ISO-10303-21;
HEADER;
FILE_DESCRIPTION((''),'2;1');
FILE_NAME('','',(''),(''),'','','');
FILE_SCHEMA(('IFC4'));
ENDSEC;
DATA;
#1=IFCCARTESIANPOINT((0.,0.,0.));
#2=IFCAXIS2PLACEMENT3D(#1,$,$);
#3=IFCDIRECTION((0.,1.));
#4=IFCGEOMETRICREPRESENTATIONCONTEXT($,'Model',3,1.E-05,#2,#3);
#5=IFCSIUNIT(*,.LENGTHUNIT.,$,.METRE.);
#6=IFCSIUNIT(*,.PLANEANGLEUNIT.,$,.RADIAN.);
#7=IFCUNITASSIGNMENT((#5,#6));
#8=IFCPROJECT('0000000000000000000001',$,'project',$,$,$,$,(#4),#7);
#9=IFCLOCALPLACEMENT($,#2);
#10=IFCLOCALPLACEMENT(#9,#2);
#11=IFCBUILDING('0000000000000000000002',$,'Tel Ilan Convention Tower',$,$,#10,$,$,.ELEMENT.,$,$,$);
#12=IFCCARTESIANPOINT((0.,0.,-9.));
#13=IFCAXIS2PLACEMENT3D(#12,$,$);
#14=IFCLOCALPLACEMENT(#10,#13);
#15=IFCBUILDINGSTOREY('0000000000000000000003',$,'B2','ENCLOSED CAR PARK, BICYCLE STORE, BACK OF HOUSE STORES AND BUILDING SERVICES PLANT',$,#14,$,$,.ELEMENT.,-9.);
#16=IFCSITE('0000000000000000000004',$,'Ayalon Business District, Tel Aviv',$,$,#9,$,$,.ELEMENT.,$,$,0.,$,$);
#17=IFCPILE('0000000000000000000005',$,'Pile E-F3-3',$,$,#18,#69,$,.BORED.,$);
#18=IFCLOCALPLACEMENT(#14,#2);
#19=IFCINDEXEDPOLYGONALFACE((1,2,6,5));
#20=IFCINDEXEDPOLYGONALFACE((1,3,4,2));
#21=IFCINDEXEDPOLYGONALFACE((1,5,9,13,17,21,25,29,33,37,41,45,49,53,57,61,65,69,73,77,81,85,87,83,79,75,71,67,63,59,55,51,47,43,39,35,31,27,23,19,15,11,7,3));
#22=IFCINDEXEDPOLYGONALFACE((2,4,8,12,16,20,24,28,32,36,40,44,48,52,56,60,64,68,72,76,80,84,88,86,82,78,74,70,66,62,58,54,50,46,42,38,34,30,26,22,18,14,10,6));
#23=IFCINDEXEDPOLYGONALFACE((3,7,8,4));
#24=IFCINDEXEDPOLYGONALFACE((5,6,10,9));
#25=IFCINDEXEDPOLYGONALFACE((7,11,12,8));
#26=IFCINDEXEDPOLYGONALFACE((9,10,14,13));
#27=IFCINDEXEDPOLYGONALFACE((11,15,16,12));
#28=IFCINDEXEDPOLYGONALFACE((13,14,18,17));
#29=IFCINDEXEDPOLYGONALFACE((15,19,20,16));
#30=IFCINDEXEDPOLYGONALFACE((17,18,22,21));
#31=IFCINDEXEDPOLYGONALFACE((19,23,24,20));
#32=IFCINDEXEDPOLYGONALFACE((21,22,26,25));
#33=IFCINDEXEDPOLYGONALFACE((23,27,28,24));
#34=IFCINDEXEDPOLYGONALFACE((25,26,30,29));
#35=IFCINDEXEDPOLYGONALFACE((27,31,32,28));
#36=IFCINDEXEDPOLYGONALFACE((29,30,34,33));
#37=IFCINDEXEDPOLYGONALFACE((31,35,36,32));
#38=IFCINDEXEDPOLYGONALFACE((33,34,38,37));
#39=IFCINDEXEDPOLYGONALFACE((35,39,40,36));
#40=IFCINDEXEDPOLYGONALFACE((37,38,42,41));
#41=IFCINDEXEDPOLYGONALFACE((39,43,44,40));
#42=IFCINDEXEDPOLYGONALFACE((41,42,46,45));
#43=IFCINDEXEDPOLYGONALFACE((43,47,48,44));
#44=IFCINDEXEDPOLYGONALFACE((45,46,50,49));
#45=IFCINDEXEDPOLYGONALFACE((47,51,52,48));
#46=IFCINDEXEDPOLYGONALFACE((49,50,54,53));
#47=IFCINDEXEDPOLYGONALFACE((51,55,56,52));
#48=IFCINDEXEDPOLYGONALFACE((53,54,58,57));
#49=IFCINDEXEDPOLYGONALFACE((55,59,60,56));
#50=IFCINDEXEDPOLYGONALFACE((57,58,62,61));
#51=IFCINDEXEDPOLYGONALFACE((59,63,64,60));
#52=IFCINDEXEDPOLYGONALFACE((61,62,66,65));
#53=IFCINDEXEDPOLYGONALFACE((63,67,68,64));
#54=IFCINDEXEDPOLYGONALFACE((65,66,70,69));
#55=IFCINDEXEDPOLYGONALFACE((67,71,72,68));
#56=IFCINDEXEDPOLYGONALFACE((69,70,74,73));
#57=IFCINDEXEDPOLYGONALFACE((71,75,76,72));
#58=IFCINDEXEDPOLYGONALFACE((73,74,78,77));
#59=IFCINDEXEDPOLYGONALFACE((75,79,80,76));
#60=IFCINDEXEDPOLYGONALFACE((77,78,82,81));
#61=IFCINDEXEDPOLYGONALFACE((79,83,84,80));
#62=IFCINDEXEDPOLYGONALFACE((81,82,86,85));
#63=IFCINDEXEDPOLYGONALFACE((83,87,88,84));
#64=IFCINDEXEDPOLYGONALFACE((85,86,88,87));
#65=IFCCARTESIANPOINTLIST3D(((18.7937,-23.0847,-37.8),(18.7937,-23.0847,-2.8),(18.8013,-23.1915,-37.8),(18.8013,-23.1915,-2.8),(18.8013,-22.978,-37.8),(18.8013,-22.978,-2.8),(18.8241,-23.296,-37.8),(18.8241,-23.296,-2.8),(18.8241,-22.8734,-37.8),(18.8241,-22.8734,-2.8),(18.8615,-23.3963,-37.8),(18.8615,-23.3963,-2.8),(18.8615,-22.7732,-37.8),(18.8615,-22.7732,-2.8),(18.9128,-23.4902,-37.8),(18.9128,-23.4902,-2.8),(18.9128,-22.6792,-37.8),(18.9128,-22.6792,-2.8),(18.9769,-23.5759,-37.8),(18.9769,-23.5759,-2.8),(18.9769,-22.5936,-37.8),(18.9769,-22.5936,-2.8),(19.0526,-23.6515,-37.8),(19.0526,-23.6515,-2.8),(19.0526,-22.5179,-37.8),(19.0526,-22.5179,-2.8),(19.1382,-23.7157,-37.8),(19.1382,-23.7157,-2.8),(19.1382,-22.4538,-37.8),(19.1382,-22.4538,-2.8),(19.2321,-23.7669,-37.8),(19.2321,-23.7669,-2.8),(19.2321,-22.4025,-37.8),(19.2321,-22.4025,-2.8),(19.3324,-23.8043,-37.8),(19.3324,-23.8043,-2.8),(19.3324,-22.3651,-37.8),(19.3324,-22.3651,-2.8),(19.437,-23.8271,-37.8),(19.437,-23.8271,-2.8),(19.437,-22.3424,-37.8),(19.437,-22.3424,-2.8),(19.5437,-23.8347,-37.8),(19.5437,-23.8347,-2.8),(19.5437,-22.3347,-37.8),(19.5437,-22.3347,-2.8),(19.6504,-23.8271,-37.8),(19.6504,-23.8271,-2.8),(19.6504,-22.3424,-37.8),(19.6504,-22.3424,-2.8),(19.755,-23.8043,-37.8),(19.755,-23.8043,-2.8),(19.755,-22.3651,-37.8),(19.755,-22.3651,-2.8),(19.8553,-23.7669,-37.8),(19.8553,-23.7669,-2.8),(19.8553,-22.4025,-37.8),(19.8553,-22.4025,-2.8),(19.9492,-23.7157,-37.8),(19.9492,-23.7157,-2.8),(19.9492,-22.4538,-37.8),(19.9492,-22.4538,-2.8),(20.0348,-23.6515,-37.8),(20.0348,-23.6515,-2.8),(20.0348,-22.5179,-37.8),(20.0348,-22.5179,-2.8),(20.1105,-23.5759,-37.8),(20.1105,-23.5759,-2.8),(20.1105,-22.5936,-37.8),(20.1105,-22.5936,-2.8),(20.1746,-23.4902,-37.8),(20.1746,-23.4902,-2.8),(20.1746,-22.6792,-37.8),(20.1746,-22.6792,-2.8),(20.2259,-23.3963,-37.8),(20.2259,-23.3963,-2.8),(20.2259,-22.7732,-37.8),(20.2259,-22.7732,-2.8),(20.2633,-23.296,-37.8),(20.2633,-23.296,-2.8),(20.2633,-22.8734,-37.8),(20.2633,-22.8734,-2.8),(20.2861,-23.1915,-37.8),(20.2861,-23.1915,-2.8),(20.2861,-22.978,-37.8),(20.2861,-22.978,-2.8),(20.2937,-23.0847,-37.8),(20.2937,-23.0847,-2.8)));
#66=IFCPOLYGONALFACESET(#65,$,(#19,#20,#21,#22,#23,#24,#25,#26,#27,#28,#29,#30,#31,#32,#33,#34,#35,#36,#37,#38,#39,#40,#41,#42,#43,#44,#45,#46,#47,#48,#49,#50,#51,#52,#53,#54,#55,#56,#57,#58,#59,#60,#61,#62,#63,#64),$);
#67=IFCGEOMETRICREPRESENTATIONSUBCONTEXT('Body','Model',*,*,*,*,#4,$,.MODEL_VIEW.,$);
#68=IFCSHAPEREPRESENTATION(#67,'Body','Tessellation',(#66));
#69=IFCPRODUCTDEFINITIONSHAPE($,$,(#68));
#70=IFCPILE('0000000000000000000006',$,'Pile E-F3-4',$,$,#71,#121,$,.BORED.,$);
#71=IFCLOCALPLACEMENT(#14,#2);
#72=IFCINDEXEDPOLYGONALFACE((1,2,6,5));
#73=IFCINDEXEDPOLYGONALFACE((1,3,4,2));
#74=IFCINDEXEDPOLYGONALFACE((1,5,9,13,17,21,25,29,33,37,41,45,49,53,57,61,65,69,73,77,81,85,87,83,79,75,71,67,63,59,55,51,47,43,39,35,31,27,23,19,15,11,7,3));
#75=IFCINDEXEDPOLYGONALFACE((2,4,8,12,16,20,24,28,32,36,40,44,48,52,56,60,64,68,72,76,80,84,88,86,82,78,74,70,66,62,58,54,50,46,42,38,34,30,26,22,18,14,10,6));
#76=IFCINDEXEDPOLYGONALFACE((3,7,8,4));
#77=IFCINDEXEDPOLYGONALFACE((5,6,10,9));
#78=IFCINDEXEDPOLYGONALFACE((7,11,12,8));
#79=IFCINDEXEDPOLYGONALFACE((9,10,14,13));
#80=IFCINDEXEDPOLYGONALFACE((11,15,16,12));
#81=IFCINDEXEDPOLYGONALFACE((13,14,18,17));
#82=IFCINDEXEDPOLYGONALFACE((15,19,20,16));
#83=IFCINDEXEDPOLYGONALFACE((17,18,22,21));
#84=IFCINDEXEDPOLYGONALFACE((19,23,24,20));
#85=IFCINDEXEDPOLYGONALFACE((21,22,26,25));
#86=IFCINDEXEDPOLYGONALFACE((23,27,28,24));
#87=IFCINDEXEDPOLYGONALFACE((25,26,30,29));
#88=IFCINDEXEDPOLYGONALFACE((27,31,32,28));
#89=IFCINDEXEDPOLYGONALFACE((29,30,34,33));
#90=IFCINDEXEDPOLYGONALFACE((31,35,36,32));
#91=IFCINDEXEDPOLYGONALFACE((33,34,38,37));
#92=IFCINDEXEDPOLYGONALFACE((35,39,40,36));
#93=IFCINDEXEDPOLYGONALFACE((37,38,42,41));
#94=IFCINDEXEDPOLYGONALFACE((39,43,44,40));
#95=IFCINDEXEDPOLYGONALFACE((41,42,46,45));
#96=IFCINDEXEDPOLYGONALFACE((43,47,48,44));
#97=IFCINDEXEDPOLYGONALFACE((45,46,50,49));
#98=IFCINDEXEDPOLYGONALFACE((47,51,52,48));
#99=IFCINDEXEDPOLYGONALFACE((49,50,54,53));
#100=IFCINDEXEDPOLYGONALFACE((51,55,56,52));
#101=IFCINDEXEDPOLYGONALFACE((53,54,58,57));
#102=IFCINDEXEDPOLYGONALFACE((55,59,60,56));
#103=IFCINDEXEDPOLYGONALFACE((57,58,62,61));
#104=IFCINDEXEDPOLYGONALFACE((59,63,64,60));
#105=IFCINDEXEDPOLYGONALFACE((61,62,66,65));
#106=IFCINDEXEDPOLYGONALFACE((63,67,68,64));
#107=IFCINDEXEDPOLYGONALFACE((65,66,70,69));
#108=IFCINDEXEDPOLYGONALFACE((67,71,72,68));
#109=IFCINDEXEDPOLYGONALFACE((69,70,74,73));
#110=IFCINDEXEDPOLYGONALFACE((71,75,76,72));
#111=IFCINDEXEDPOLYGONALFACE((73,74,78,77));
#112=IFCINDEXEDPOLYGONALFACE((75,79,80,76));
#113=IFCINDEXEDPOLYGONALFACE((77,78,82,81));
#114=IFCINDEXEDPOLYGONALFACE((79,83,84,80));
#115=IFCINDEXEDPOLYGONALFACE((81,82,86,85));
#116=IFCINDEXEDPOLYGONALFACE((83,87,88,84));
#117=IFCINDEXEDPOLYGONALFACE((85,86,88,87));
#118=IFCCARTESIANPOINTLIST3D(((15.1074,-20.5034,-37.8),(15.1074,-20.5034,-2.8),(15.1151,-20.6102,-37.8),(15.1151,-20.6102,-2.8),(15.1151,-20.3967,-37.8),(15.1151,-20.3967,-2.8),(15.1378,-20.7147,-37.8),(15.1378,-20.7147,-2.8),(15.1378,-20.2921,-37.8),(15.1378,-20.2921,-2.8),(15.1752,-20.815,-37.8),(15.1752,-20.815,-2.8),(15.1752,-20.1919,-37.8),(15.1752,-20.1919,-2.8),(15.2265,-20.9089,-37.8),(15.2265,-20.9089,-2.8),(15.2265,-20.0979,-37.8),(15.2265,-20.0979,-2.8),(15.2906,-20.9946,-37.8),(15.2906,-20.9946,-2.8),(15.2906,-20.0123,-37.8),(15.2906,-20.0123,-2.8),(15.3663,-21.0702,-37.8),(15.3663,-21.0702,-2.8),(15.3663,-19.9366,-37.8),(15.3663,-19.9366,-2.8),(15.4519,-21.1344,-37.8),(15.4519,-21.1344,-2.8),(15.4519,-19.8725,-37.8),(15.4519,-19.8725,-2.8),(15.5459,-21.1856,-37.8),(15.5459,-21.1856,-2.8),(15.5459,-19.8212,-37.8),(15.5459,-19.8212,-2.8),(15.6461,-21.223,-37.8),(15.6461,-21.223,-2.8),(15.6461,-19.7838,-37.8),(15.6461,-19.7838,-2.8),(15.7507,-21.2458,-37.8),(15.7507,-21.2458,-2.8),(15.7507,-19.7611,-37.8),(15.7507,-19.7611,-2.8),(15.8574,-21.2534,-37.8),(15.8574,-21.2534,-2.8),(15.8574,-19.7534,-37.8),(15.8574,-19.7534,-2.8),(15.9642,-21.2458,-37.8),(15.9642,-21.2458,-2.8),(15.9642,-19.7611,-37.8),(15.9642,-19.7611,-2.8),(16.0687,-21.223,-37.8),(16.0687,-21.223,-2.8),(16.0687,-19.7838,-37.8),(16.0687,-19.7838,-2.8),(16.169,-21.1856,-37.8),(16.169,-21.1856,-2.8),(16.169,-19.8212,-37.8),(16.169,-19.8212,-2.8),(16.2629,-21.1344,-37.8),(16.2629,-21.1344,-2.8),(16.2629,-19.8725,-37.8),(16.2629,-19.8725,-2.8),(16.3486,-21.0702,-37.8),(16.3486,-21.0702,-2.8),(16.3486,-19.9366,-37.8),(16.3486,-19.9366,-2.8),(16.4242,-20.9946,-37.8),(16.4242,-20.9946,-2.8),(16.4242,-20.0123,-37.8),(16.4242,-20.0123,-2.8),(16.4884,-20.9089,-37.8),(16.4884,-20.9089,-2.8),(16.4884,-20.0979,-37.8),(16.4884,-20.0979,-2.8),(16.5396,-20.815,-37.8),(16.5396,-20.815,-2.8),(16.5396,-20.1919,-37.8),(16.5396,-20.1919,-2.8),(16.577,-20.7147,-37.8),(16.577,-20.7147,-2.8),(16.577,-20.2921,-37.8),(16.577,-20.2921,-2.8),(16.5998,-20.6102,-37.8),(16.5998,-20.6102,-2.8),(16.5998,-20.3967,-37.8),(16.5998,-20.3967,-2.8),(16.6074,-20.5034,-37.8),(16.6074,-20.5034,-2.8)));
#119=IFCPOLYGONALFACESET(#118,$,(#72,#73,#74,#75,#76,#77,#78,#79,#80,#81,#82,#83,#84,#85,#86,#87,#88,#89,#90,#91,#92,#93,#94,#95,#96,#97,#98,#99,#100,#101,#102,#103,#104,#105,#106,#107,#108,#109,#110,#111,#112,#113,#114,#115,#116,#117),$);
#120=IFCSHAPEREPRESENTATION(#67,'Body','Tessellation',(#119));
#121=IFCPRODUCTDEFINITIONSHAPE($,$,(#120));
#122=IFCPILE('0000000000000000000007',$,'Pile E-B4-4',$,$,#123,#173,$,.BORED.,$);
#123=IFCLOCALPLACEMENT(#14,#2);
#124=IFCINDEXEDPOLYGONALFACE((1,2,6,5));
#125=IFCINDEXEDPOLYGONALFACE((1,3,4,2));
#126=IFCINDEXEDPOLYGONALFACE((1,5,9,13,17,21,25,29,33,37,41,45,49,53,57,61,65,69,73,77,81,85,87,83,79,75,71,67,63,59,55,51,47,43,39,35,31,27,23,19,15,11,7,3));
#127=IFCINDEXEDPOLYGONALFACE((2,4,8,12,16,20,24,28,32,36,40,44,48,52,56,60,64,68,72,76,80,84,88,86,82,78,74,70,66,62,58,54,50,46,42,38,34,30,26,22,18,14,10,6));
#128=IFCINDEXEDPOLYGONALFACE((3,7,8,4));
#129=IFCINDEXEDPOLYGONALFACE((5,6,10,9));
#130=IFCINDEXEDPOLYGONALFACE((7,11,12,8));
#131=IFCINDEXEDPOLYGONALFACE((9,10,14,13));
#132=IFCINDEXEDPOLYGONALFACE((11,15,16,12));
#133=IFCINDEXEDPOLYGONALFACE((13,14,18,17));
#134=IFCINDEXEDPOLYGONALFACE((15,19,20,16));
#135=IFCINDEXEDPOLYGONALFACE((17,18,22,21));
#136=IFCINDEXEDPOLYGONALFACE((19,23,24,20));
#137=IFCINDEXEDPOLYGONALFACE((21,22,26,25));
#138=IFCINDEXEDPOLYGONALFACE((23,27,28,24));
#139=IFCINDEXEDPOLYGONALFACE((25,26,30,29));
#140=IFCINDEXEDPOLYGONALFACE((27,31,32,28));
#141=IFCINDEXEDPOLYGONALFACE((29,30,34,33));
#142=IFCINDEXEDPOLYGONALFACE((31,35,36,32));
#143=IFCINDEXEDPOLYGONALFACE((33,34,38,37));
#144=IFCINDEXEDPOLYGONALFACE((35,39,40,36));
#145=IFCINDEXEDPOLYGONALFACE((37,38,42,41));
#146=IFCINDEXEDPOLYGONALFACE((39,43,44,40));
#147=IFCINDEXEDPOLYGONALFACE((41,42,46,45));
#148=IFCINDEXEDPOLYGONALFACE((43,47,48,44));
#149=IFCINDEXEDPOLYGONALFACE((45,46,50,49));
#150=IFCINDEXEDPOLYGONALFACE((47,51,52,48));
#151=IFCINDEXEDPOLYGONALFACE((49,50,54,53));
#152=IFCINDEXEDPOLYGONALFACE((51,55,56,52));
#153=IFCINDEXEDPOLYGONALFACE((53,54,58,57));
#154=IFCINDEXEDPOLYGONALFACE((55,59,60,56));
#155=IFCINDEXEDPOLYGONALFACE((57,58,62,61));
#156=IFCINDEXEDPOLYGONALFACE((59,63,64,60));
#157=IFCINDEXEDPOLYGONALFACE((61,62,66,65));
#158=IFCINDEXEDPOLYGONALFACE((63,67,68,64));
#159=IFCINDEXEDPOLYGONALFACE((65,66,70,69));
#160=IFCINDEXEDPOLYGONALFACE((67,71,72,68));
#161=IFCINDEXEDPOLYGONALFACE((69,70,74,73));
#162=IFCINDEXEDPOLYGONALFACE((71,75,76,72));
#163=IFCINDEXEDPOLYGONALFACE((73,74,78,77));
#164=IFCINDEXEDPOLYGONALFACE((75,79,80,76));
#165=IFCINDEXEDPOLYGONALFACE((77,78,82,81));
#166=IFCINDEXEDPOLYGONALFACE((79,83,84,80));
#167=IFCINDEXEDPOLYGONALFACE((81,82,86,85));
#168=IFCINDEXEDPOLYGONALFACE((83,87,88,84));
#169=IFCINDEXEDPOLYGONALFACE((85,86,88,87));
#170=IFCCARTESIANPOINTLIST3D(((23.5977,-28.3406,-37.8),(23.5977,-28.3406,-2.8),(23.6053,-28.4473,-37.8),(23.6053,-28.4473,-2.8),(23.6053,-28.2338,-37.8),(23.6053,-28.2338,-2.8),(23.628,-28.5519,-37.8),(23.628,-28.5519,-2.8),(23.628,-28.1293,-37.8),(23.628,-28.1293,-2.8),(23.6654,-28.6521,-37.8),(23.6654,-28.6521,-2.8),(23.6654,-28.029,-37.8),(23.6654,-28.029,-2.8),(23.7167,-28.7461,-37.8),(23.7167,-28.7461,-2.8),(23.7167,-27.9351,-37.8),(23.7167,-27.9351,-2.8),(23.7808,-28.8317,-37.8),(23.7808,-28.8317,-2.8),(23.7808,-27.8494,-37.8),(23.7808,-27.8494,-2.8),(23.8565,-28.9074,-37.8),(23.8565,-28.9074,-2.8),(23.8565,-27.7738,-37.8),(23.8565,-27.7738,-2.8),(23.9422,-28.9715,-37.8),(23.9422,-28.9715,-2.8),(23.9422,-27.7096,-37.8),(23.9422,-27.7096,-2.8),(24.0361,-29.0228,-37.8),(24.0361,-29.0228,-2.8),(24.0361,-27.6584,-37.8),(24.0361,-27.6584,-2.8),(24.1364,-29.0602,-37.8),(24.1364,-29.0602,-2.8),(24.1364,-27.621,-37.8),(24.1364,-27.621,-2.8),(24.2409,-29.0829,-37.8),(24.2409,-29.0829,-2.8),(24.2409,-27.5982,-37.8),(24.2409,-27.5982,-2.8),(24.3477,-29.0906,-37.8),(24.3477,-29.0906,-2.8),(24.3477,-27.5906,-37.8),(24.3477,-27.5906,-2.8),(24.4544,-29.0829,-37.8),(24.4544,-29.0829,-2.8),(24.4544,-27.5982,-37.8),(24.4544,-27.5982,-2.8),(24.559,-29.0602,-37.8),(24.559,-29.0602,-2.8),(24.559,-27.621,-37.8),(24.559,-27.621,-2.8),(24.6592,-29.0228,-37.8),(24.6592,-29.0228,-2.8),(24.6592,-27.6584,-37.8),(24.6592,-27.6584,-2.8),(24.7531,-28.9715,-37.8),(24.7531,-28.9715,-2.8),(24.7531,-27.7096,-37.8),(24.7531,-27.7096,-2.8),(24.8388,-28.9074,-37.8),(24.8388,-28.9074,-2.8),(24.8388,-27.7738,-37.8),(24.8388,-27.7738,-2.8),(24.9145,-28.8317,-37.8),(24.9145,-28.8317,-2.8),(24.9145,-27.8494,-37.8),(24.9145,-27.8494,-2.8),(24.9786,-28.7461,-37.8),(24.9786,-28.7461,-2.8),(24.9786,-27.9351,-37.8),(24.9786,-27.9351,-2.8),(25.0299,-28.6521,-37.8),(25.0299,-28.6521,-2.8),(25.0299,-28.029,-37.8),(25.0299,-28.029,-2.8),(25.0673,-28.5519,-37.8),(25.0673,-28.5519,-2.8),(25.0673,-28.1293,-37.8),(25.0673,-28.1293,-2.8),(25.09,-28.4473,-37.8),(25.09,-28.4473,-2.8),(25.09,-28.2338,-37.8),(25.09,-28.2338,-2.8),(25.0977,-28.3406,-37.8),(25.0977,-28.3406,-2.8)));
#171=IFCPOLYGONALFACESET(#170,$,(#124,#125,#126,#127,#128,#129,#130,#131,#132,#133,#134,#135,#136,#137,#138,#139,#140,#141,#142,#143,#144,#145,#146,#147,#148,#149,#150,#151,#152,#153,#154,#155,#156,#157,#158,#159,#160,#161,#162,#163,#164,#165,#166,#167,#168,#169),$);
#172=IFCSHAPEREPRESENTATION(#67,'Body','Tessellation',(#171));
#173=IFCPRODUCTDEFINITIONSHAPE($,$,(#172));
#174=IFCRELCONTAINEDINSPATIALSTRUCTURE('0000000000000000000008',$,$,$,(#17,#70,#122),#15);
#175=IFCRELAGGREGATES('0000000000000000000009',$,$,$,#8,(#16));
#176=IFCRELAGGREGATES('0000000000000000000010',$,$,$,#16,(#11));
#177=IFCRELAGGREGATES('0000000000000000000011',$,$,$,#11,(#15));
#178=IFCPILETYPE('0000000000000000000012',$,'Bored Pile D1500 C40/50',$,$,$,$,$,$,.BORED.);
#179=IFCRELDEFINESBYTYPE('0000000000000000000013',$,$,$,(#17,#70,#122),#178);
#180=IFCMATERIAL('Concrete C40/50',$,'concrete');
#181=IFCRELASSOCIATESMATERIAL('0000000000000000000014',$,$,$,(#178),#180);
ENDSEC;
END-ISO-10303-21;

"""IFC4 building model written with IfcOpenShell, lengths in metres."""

from ifc_helpers import new_model, si_unit, direction, frame, origin, origin_2d, place, context, subcontext, project, spatial, circle, extrude, material, material_profile, profile_set, type_object, element, save


model = new_model("IFC4")

# Units and contexts
model_context = context("Model", 3, precision=1e-05, world=origin(), true_north=direction((0.0, 1.0)))
body_context = subcontext(model_context, "Body", "Model", "MODEL_VIEW")
ifc_project = project(units=[si_unit("LENGTHUNIT", "METRE"), si_unit("PLANEANGLEUNIT", "RADIAN")], contexts=[model_context])

# Site, building, storey
site_placement = place(None, origin())
site = spatial("IfcSite", under=ifc_project, at=site_placement, Name="Ayalon Business District, Tel Aviv", CompositionType="ELEMENT", RefElevation=0.0)
building_placement = place(site_placement, origin())
building = spatial("IfcBuilding", under=site, at=building_placement, Name="Tel Ilan Convention Tower", CompositionType="ELEMENT")
storey_placement = place(building_placement, frame((0.0, 0.0, -9.0)))
storey = spatial("IfcBuildingStorey", under=building, at=storey_placement, Name="B2", Description="ENCLOSED CAR PARK, BICYCLE STORE, BACK OF HOUSE STORES AND BUILDING SERVICES PLANT", CompositionType="ELEMENT", Elevation=-9.0)

# Piles
ifc_material_1 = material(Name="Concrete C40/50", Category="concrete")
ifc_material_profile_1 = material_profile(ifc_material_1, circle(Radius=0.75, at=origin_2d()), Name="BORED D1500")
ifc_profile_set_1 = profile_set([ifc_material_profile_1], Name="Concrete C40/50")
pile_type_1 = type_object("IfcPileType", Name="Bored Pile D1500 C40/50", PredefinedType="BORED", material=ifc_profile_set_1)
for number, where, z_axis, x_axis, name in (
    (1, (19.5437, -23.0847, -2.8), (0.0, 0.0, -1.0), (1.0, 0.0, 0.0), "Pile E-F3-3"),
    (2, (15.8574, -20.5034, -2.8), (0.0, 0.0, -1.0), (1.0, 0.0, 0.0), "Pile E-F3-4"),
    (3, (24.3477, -28.3406, -2.8), (0.0, 0.0, -1.0), (1.0, 0.0, 0.0), "Pile E-B4-4"),
):
    element("IfcPile", number, at=place(storey_placement, frame(where, z_axis=z_axis, x_axis=x_axis)), inside=storey, type_object=pile_type_1, Name=name, PredefinedType="BORED", context=body_context, shape_type="SweptSolid", body=[
        extrude(circle(Radius=0.75, at=origin_2d()), origin(), (0.0, 0.0, 1.0), 35.0),
    ])

save(model, "model.ifc")
